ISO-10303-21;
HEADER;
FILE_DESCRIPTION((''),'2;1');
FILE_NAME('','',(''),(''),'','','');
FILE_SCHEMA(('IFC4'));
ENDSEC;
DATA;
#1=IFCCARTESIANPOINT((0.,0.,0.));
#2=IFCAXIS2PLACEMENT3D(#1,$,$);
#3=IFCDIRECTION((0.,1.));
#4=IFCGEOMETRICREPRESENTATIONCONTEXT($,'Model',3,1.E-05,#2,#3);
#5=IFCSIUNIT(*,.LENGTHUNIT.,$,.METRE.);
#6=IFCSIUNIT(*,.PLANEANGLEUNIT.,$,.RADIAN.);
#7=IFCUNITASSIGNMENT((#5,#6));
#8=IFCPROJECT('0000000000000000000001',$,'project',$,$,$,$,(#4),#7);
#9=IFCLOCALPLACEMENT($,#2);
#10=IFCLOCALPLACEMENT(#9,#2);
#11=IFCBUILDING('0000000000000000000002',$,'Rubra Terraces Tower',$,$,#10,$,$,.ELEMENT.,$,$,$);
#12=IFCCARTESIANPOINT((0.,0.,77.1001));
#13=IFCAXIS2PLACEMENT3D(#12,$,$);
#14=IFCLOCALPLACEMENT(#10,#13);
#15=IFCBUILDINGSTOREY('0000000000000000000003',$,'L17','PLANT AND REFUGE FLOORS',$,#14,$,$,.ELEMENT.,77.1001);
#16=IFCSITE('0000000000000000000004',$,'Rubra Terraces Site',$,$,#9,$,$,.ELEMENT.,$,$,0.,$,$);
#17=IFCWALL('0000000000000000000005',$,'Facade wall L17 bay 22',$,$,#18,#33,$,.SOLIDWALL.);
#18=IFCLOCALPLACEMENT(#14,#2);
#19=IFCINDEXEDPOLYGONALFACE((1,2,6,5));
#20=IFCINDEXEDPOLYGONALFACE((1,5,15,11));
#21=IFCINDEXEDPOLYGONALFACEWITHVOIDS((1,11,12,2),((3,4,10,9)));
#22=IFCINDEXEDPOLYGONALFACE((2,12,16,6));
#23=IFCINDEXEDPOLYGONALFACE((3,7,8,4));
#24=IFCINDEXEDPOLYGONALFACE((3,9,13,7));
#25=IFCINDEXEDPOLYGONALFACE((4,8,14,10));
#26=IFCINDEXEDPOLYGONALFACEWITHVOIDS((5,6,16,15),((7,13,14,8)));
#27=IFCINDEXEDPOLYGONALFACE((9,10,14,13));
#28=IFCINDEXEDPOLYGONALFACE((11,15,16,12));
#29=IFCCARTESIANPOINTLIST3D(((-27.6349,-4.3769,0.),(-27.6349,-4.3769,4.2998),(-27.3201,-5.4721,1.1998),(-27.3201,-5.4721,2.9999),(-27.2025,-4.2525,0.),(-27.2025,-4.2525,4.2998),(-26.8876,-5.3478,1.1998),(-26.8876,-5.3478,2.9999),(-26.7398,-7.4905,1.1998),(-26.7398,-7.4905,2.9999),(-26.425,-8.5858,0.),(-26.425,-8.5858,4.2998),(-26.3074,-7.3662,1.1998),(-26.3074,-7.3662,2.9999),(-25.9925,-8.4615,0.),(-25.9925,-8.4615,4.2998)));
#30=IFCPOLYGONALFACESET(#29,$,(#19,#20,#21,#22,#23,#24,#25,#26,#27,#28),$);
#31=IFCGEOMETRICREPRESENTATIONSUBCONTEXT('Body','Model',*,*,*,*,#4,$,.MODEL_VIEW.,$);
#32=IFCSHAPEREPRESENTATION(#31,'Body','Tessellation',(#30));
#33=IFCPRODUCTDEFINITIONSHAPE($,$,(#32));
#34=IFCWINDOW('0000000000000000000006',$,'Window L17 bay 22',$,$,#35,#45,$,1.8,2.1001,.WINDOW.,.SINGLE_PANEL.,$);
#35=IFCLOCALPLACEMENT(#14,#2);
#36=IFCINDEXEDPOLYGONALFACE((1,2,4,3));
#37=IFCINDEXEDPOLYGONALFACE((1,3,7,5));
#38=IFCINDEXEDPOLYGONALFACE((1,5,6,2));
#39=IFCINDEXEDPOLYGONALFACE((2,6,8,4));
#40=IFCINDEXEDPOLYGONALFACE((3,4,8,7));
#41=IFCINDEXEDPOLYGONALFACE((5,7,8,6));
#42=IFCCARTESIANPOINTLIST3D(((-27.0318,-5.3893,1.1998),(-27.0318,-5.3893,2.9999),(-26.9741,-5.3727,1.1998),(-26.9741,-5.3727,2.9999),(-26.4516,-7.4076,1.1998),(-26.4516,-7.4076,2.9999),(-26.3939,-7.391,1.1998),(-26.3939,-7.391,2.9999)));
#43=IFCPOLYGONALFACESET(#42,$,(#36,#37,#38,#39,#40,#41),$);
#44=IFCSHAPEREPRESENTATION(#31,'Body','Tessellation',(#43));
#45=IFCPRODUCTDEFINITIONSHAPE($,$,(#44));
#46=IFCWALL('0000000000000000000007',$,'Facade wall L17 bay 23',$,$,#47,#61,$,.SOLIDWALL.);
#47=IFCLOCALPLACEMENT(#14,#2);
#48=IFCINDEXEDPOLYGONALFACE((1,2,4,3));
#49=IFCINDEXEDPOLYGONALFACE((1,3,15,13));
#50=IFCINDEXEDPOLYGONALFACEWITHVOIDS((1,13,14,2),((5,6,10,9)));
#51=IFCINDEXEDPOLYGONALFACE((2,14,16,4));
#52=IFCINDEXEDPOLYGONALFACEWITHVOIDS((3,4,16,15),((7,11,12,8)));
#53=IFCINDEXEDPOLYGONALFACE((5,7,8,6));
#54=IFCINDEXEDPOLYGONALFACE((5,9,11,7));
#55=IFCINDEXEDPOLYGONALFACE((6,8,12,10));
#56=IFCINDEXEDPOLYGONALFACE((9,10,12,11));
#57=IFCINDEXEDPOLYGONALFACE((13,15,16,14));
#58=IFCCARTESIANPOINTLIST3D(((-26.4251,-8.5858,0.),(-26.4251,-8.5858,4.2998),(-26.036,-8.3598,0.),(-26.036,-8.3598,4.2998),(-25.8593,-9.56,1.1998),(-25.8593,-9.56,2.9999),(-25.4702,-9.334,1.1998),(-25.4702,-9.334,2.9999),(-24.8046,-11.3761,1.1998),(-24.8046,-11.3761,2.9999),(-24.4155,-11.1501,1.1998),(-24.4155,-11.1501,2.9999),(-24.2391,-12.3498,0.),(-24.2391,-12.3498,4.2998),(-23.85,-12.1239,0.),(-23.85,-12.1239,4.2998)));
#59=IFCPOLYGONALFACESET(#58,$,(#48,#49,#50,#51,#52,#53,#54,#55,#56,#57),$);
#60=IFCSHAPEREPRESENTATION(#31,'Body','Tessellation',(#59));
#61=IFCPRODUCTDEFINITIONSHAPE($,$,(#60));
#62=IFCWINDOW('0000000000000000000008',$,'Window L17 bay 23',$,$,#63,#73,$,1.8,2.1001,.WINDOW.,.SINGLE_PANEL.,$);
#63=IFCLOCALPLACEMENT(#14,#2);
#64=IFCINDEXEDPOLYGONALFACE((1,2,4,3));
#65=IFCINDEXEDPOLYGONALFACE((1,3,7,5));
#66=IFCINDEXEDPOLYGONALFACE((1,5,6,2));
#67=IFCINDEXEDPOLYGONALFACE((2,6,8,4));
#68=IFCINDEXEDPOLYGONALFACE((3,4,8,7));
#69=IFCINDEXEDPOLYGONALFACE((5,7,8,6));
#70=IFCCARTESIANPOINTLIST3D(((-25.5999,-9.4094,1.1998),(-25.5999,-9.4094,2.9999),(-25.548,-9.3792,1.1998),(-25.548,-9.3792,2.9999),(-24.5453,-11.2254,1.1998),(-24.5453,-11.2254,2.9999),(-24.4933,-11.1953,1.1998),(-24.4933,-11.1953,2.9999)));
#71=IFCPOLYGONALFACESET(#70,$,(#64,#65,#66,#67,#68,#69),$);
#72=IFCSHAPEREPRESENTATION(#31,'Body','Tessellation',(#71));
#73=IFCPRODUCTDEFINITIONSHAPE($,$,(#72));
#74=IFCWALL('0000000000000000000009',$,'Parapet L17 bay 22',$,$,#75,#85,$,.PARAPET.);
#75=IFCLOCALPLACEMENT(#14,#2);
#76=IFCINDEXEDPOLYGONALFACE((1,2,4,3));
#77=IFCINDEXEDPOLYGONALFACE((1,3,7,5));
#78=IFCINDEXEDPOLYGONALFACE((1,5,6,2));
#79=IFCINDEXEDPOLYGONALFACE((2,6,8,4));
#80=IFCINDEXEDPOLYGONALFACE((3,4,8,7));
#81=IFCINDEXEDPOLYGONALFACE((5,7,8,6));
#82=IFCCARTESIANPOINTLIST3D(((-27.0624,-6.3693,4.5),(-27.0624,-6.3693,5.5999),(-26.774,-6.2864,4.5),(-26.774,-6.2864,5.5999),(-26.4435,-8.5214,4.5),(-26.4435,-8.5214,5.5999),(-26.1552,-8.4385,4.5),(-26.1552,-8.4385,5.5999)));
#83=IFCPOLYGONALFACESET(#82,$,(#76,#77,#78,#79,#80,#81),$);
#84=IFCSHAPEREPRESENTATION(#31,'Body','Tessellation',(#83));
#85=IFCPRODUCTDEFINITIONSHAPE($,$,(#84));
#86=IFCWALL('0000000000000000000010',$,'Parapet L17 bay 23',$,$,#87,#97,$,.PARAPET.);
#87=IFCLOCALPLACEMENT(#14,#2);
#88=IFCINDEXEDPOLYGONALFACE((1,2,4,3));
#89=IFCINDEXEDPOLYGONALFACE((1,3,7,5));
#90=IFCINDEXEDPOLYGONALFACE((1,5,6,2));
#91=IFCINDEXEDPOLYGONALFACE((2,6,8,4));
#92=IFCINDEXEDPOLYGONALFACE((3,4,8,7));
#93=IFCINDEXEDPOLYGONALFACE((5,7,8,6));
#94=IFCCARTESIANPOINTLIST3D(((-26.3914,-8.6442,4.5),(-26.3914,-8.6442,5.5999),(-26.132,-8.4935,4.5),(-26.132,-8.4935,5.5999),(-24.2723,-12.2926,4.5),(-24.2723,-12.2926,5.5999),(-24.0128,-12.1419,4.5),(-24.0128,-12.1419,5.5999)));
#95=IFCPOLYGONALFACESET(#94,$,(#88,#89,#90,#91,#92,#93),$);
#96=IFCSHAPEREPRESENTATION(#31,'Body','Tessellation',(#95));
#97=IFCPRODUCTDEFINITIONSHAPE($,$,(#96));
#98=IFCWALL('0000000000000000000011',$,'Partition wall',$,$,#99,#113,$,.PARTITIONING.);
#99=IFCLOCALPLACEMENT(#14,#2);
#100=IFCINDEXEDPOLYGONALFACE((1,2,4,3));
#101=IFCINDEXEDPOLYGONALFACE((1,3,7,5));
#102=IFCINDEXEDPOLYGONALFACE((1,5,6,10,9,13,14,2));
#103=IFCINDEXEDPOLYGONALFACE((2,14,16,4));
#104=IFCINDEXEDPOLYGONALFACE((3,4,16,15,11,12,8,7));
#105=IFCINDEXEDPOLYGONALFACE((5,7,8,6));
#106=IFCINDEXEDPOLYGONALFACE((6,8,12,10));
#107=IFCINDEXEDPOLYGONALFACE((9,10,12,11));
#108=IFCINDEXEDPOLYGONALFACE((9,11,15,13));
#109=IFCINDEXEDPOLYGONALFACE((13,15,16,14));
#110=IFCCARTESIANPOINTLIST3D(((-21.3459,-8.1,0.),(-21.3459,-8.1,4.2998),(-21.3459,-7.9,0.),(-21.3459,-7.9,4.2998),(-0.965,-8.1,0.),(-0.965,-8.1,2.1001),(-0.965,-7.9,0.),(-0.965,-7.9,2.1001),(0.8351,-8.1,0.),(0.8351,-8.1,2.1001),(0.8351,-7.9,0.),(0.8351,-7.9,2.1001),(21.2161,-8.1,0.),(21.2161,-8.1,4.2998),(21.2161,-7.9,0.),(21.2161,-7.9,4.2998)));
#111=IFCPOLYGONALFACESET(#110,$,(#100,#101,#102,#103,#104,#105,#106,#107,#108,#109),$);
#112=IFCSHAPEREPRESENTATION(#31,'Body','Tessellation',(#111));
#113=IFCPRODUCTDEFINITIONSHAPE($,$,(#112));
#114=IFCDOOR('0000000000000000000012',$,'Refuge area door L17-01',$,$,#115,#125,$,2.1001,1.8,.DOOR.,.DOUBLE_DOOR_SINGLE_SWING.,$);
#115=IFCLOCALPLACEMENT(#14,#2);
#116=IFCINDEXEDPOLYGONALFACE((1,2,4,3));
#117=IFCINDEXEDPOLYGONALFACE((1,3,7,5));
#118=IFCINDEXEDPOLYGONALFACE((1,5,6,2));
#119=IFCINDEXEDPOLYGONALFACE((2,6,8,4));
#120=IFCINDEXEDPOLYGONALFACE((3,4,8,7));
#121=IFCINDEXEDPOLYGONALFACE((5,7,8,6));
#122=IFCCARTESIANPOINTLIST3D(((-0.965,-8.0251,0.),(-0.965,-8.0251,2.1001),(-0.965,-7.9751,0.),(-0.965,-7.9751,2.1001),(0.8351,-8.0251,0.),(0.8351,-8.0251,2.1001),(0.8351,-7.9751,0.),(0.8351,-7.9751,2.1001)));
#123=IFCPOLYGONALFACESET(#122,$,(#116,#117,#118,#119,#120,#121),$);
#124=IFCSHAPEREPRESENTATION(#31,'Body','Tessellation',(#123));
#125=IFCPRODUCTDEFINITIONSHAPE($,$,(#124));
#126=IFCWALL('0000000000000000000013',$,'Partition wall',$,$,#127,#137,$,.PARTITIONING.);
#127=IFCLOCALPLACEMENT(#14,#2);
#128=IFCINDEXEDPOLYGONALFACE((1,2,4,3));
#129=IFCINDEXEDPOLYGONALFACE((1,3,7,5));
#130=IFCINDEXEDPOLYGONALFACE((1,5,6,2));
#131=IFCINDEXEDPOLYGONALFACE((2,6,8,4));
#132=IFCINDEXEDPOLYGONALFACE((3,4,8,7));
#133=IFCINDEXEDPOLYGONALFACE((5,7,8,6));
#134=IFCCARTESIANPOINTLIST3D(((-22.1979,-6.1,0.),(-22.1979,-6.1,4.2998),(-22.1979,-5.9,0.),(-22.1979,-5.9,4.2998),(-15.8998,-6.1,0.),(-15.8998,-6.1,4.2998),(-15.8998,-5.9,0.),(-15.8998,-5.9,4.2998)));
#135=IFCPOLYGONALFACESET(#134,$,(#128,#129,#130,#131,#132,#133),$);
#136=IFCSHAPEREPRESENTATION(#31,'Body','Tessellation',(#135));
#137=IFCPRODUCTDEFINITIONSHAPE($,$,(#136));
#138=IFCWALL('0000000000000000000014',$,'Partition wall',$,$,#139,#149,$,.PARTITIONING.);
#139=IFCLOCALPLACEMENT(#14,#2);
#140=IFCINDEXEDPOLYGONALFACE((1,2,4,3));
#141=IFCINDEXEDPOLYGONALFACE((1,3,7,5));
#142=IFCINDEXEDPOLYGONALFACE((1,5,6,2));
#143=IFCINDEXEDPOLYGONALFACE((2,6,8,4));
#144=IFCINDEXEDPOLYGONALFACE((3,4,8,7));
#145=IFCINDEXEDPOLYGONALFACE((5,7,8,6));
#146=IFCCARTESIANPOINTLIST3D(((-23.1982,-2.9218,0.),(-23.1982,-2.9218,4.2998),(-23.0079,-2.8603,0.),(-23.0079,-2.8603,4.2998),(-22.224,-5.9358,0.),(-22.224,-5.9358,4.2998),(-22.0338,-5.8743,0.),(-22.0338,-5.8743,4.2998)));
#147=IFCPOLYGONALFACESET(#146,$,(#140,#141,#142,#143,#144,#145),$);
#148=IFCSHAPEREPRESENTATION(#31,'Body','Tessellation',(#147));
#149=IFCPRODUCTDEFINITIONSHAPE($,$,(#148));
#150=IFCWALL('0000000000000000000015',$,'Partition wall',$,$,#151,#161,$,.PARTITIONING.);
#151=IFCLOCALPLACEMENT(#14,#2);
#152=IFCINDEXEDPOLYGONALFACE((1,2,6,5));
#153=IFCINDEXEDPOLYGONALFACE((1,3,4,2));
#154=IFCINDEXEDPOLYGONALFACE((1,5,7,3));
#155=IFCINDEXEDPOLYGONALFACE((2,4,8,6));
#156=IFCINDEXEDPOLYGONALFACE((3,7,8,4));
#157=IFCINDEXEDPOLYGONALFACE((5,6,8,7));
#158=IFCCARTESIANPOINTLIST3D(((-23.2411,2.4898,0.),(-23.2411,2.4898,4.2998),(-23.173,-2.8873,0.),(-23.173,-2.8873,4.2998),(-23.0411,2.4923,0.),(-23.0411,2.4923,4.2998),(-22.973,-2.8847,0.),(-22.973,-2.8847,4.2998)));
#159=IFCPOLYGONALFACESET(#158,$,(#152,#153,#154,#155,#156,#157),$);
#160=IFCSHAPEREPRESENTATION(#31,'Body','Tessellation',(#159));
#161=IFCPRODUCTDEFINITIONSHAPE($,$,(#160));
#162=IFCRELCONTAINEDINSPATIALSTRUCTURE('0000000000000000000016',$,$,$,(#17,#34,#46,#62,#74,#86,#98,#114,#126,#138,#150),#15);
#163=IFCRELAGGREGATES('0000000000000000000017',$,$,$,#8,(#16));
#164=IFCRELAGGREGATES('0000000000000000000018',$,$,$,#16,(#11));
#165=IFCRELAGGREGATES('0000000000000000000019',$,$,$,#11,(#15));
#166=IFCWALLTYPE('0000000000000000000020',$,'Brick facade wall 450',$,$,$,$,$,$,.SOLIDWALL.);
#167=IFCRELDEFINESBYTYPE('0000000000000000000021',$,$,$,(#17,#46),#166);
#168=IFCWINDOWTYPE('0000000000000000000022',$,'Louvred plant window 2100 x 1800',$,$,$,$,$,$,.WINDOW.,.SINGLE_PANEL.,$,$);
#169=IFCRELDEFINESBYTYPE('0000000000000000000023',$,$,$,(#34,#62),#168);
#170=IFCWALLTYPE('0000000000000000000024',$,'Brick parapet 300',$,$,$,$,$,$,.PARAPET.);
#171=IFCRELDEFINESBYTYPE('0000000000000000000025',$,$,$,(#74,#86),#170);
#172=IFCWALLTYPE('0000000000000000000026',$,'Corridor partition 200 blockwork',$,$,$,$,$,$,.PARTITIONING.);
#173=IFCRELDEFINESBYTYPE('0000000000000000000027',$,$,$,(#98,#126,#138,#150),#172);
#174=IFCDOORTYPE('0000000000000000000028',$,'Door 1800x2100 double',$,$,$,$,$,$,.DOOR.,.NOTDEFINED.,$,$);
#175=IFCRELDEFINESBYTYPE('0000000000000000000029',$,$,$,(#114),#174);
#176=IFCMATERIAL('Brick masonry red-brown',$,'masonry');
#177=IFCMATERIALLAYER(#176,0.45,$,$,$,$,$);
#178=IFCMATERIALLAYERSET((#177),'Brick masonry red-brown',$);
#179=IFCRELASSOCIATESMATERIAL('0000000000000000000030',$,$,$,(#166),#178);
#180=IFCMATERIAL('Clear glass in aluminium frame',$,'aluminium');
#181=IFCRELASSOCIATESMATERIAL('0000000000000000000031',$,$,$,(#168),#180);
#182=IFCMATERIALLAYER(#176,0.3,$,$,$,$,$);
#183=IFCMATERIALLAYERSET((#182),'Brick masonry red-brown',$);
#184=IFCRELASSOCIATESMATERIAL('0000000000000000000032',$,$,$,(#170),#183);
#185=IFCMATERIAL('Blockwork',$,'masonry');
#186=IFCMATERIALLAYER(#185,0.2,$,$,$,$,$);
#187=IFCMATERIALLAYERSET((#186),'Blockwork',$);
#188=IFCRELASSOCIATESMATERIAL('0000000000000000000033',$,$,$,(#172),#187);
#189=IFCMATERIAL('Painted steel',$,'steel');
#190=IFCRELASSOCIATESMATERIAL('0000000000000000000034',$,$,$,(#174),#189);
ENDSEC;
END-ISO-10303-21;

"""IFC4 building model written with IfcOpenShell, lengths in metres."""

from ifc_helpers import new_model, si_unit, direction, frame, frame_2d, origin, place, context, subcontext, project, spatial, rectangle, extrude, material, layer, layer_set, type_object, element, fill, save


model = new_model("IFC4")

# Units and contexts
model_context = context("Model", 3, precision=1e-05, world=origin(), true_north=direction((0.0, 1.0)))
body_context = subcontext(model_context, "Body", "Model", "MODEL_VIEW")
ifc_project = project(units=[si_unit("LENGTHUNIT", "METRE"), si_unit("PLANEANGLEUNIT", "RADIAN")], contexts=[model_context])

# Site, building, storey
site_placement = place(None, origin())
site = spatial("IfcSite", under=ifc_project, at=site_placement, Name="Rubra Terraces Site", CompositionType="ELEMENT", RefElevation=0.0)
building_placement = place(site_placement, origin())
building = spatial("IfcBuilding", under=site, at=building_placement, Name="Rubra Terraces Tower", CompositionType="ELEMENT")
storey_placement = place(building_placement, frame((0.0, 0.0, 77.1001)))
storey = spatial("IfcBuildingStorey", under=building, at=storey_placement, Name="L17", Description="PLANT AND REFUGE FLOORS", CompositionType="ELEMENT", Elevation=77.1001)

# Walls, openings, windows
ifc_material_1 = material(Name="Brick masonry red-brown", Category="masonry")
ifc_layer_1 = layer(ifc_material_1, 0.45)
ifc_layer_set_1 = layer_set([ifc_layer_1], Name="Brick masonry red-brown")
wall_type_1 = type_object("IfcWallType", Name="Brick facade wall 450", PredefinedType="SOLIDWALL", material=ifc_layer_set_1)
ifc_material_2 = material(Name="Clear glass in aluminium frame", Category="aluminium")
window_type = type_object("IfcWindowType", Name="Louvred plant window 2100 x 1800", PartitioningType="SINGLE_PANEL", PredefinedType="WINDOW", material=ifc_material_2)
wall_1_placement = place(storey_placement, frame((-27.4187, -4.3147, 0.0), z_axis=(0.0, 0.0, 1.0), x_axis=(0.276282, -0.961077, 0.0)))
wall_1 = element("IfcWall", 1, at=wall_1_placement, inside=storey, type_object=wall_type_1, Name="Facade wall L17 bay 22", PredefinedType="SOLIDWALL", context=body_context, shape_type="SweptSolid", body=[
    extrude(rectangle(XDim=4.3794, YDim=0.45, at=frame_2d((2.1897, 0.0))), origin(), (0.0, 0.0, 1.0), 4.2998),
])
opening_1_placement = place(wall_1_placement, frame((1.1396, 0.0, 1.2)))
opening_1 = element("IfcOpeningElement", 2, at=opening_1_placement, cuts=wall_1, PredefinedType="OPENING", context=body_context, shape_type="SweptSolid", body=[
    extrude(rectangle(XDim=2.1001, YDim=1.8, at=frame_2d((1.05, 0.8999))), frame((0.0, 0.2349, 0.0), z_axis=(0.0, -1.0, 0.0), x_axis=(1.0, 0.0, 0.0)), (0.0, 0.0, 1.0), 0.47),
])
window_1_placement = place(opening_1_placement, origin())
window_1 = element("IfcWindow", 3, at=window_1_placement, inside=storey, type_object=window_type, Name="Window L17 bay 22", OverallHeight=1.8, OverallWidth=2.1001, PartitioningType="SINGLE_PANEL", PredefinedType="WINDOW", context=body_context, shape_type="SweptSolid", body=[
    extrude(rectangle(XDim=2.1001, YDim=1.8, at=frame_2d((1.05, 0.8999))), frame((0.0, 0.135, 0.0), z_axis=(0.0, -1.0, 0.0), x_axis=(1.0, 0.0, 0.0)), (0.0, 0.0, 1.0), 0.0601),
])
fill(opening_1, window_1)
wall_2_placement = place(storey_placement, frame((-26.2305, -8.4729, 0.0), z_axis=(0.0, 0.0, 1.0), x_axis=(0.502203, -0.86475, 0.0)))
wall_2 = element("IfcWall", 4, at=wall_2_placement, inside=storey, type_object=wall_type_1, Name="Facade wall L17 bay 23", PredefinedType="SOLIDWALL", context=body_context, shape_type="SweptSolid", body=[
    extrude(rectangle(XDim=4.3528, YDim=0.45, at=frame_2d((2.1763, 0.0))), origin(), (0.0, 0.0, 1.0), 4.2998),
])
opening_2_placement = place(wall_2_placement, frame((1.1265, 0.0, 1.2)))
opening_2 = element("IfcOpeningElement", 5, at=opening_2_placement, cuts=wall_2, PredefinedType="OPENING", context=body_context, shape_type="SweptSolid", body=[
    extrude(rectangle(XDim=2.1001, YDim=1.8, at=frame_2d((1.05, 0.8999))), frame((0.0, 0.2349, 0.0), z_axis=(0.0, -1.0, 0.0), x_axis=(1.0, 0.0, 0.0)), (0.0, 0.0, 1.0), 0.47),
])
window_2_placement = place(opening_2_placement, origin())
window_2 = element("IfcWindow", 6, at=window_2_placement, inside=storey, type_object=window_type, Name="Window L17 bay 23", OverallHeight=1.8, OverallWidth=2.1001, PartitioningType="SINGLE_PANEL", PredefinedType="WINDOW", context=body_context, shape_type="SweptSolid", body=[
    extrude(rectangle(XDim=2.1001, YDim=1.8, at=frame_2d((1.05, 0.8999))), frame((0.0, 0.135, 0.0), z_axis=(0.0, -1.0, 0.0), x_axis=(1.0, 0.0, 0.0)), (0.0, 0.0, 1.0), 0.0601),
])
fill(opening_2, window_2)

# Walls
ifc_layer_2 = layer(ifc_material_1, 0.3)
ifc_layer_set_2 = layer_set([ifc_layer_2], Name="Brick masonry red-brown")
wall_type_2 = type_object("IfcWallType", Name="Brick parapet 300", PredefinedType="PARAPET", material=ifc_layer_set_2)
wall_3_placement = place(storey_placement, frame((-26.9182, -6.3279, 4.5), z_axis=(0.0, 0.0, 1.0), x_axis=(0.276377, -0.961049, 0.0)))
element("IfcWall", 7, at=wall_3_placement, inside=storey, type_object=wall_type_2, Name="Parapet L17 bay 22", PredefinedType="PARAPET", context=body_context, shape_type="SweptSolid", body=[
    extrude(rectangle(XDim=2.2393, YDim=0.3, at=frame_2d((1.1196, 0.0))), origin(), (0.0, 0.0, 1.0), 1.0999),
])
wall_4_placement = place(storey_placement, frame((-26.2617, -8.5688, 4.5), z_axis=(0.0, 0.0, 1.0), x_axis=(0.502258, -0.864718, 0.0)))
element("IfcWall", 8, at=wall_4_placement, inside=storey, type_object=wall_type_2, Name="Parapet L17 bay 23", PredefinedType="PARAPET", context=body_context, shape_type="SweptSolid", body=[
    extrude(rectangle(XDim=4.2192, YDim=0.3, at=frame_2d((2.1096, 0.0))), origin(), (0.0, 0.0, 1.0), 1.0999),
])

# Wall, opening, door
ifc_material_3 = material(Name="Blockwork", Category="masonry")
ifc_layer_3 = layer(ifc_material_3, 0.2)
ifc_layer_set_3 = layer_set([ifc_layer_3], Name="Blockwork")
wall_type_3 = type_object("IfcWallType", Name="Corridor partition 200 blockwork", PredefinedType="PARTITIONING", material=ifc_layer_set_3)
wall_5_placement = place(storey_placement, frame((-21.3459, -8.0, 0.0), z_axis=(0.0, 0.0, 1.0), x_axis=(1.0, 0.0, 0.0)))
wall_5 = element("IfcWall", 9, at=wall_5_placement, inside=storey, type_object=wall_type_3, Name="Partition wall", PredefinedType="PARTITIONING", context=body_context, shape_type="SweptSolid", body=[
    extrude(rectangle(XDim=42.562, YDim=0.2, at=frame_2d((21.281, 0.0))), origin(), (0.0, 0.0, 1.0), 4.2998),
])
opening_3_placement = place(wall_5_placement, frame((20.3811, 0.0, 0.0)))
opening_3 = element("IfcOpeningElement", 10, at=opening_3_placement, cuts=wall_5, PredefinedType="OPENING", context=body_context, shape_type="SweptSolid", body=[
    extrude(rectangle(XDim=1.8, YDim=2.1001, at=frame_2d((0.8999, 1.05))), frame((0.0, 0.1099, 0.0), z_axis=(0.0, -1.0, 0.0), x_axis=(1.0, 0.0, 0.0)), (0.0, 0.0, 1.0), 0.22),
])
ifc_material_4 = material(Name="Painted steel", Category="steel")
door_type = type_object("IfcDoorType", Name="Door 1800x2100 double", OperationType="NOTDEFINED", PredefinedType="DOOR", material=ifc_material_4)
door_placement = place(opening_3_placement, origin())
door = element("IfcDoor", 11, at=door_placement, inside=storey, type_object=door_type, Name="Refuge area door L17-01", OperationType="DOUBLE_DOOR_SINGLE_SWING", OverallHeight=2.1001, OverallWidth=1.8, PredefinedType="DOOR", context=body_context, shape_type="SweptSolid", body=[
    extrude(rectangle(XDim=1.8, YDim=2.1001, at=frame_2d((0.8999, 1.05))), frame((0.0, 0.0249, 0.0), z_axis=(0.0, -1.0, 0.0), x_axis=(1.0, 0.0, 0.0)), (0.0, 0.0, 1.0), 0.05),
])
fill(opening_3, door)

# Walls
wall_6_placement = place(storey_placement, frame((-15.8999, -6.0, 0.0), z_axis=(0.0, 0.0, 1.0), x_axis=(-1.0, 0.0, 0.0)))
element("IfcWall", 12, at=wall_6_placement, inside=storey, type_object=wall_type_3, Name="Partition wall", PredefinedType="PARTITIONING", context=body_context, shape_type="SweptSolid", body=[
    extrude(rectangle(XDim=6.2981, YDim=0.2, at=frame_2d((3.1489, 0.0))), origin(), (0.0, 0.0, 1.0), 4.2998),
])
wall_7_placement = place(storey_placement, frame((-22.1289, -5.905, 0.0), z_axis=(0.0, 0.0, 1.0), x_axis=(-0.307543, 0.951534, 0.0)))
element("IfcWall", 13, at=wall_7_placement, inside=storey, type_object=wall_type_3, Name="Partition wall", PredefinedType="PARTITIONING", context=body_context, shape_type="SweptSolid", body=[
    extrude(rectangle(XDim=3.1675, YDim=0.2, at=frame_2d((1.5837, 0.0))), origin(), (0.0, 0.0, 1.0), 4.2998),
])
wall_8_placement = place(storey_placement, frame((-23.073, -2.886, 0.0), z_axis=(0.0, 0.0, 1.0), x_axis=(-0.012667, 0.99992, 0.0)))
element("IfcWall", 14, at=wall_8_placement, inside=storey, type_object=wall_type_3, Name="Partition wall", PredefinedType="PARTITIONING", context=body_context, shape_type="SweptSolid", body=[
    extrude(rectangle(XDim=5.3774, YDim=0.2, at=frame_2d((2.6887, 0.0))), origin(), (0.0, 0.0, 1.0), 4.2998),
])

save(model, "model.ifc")
